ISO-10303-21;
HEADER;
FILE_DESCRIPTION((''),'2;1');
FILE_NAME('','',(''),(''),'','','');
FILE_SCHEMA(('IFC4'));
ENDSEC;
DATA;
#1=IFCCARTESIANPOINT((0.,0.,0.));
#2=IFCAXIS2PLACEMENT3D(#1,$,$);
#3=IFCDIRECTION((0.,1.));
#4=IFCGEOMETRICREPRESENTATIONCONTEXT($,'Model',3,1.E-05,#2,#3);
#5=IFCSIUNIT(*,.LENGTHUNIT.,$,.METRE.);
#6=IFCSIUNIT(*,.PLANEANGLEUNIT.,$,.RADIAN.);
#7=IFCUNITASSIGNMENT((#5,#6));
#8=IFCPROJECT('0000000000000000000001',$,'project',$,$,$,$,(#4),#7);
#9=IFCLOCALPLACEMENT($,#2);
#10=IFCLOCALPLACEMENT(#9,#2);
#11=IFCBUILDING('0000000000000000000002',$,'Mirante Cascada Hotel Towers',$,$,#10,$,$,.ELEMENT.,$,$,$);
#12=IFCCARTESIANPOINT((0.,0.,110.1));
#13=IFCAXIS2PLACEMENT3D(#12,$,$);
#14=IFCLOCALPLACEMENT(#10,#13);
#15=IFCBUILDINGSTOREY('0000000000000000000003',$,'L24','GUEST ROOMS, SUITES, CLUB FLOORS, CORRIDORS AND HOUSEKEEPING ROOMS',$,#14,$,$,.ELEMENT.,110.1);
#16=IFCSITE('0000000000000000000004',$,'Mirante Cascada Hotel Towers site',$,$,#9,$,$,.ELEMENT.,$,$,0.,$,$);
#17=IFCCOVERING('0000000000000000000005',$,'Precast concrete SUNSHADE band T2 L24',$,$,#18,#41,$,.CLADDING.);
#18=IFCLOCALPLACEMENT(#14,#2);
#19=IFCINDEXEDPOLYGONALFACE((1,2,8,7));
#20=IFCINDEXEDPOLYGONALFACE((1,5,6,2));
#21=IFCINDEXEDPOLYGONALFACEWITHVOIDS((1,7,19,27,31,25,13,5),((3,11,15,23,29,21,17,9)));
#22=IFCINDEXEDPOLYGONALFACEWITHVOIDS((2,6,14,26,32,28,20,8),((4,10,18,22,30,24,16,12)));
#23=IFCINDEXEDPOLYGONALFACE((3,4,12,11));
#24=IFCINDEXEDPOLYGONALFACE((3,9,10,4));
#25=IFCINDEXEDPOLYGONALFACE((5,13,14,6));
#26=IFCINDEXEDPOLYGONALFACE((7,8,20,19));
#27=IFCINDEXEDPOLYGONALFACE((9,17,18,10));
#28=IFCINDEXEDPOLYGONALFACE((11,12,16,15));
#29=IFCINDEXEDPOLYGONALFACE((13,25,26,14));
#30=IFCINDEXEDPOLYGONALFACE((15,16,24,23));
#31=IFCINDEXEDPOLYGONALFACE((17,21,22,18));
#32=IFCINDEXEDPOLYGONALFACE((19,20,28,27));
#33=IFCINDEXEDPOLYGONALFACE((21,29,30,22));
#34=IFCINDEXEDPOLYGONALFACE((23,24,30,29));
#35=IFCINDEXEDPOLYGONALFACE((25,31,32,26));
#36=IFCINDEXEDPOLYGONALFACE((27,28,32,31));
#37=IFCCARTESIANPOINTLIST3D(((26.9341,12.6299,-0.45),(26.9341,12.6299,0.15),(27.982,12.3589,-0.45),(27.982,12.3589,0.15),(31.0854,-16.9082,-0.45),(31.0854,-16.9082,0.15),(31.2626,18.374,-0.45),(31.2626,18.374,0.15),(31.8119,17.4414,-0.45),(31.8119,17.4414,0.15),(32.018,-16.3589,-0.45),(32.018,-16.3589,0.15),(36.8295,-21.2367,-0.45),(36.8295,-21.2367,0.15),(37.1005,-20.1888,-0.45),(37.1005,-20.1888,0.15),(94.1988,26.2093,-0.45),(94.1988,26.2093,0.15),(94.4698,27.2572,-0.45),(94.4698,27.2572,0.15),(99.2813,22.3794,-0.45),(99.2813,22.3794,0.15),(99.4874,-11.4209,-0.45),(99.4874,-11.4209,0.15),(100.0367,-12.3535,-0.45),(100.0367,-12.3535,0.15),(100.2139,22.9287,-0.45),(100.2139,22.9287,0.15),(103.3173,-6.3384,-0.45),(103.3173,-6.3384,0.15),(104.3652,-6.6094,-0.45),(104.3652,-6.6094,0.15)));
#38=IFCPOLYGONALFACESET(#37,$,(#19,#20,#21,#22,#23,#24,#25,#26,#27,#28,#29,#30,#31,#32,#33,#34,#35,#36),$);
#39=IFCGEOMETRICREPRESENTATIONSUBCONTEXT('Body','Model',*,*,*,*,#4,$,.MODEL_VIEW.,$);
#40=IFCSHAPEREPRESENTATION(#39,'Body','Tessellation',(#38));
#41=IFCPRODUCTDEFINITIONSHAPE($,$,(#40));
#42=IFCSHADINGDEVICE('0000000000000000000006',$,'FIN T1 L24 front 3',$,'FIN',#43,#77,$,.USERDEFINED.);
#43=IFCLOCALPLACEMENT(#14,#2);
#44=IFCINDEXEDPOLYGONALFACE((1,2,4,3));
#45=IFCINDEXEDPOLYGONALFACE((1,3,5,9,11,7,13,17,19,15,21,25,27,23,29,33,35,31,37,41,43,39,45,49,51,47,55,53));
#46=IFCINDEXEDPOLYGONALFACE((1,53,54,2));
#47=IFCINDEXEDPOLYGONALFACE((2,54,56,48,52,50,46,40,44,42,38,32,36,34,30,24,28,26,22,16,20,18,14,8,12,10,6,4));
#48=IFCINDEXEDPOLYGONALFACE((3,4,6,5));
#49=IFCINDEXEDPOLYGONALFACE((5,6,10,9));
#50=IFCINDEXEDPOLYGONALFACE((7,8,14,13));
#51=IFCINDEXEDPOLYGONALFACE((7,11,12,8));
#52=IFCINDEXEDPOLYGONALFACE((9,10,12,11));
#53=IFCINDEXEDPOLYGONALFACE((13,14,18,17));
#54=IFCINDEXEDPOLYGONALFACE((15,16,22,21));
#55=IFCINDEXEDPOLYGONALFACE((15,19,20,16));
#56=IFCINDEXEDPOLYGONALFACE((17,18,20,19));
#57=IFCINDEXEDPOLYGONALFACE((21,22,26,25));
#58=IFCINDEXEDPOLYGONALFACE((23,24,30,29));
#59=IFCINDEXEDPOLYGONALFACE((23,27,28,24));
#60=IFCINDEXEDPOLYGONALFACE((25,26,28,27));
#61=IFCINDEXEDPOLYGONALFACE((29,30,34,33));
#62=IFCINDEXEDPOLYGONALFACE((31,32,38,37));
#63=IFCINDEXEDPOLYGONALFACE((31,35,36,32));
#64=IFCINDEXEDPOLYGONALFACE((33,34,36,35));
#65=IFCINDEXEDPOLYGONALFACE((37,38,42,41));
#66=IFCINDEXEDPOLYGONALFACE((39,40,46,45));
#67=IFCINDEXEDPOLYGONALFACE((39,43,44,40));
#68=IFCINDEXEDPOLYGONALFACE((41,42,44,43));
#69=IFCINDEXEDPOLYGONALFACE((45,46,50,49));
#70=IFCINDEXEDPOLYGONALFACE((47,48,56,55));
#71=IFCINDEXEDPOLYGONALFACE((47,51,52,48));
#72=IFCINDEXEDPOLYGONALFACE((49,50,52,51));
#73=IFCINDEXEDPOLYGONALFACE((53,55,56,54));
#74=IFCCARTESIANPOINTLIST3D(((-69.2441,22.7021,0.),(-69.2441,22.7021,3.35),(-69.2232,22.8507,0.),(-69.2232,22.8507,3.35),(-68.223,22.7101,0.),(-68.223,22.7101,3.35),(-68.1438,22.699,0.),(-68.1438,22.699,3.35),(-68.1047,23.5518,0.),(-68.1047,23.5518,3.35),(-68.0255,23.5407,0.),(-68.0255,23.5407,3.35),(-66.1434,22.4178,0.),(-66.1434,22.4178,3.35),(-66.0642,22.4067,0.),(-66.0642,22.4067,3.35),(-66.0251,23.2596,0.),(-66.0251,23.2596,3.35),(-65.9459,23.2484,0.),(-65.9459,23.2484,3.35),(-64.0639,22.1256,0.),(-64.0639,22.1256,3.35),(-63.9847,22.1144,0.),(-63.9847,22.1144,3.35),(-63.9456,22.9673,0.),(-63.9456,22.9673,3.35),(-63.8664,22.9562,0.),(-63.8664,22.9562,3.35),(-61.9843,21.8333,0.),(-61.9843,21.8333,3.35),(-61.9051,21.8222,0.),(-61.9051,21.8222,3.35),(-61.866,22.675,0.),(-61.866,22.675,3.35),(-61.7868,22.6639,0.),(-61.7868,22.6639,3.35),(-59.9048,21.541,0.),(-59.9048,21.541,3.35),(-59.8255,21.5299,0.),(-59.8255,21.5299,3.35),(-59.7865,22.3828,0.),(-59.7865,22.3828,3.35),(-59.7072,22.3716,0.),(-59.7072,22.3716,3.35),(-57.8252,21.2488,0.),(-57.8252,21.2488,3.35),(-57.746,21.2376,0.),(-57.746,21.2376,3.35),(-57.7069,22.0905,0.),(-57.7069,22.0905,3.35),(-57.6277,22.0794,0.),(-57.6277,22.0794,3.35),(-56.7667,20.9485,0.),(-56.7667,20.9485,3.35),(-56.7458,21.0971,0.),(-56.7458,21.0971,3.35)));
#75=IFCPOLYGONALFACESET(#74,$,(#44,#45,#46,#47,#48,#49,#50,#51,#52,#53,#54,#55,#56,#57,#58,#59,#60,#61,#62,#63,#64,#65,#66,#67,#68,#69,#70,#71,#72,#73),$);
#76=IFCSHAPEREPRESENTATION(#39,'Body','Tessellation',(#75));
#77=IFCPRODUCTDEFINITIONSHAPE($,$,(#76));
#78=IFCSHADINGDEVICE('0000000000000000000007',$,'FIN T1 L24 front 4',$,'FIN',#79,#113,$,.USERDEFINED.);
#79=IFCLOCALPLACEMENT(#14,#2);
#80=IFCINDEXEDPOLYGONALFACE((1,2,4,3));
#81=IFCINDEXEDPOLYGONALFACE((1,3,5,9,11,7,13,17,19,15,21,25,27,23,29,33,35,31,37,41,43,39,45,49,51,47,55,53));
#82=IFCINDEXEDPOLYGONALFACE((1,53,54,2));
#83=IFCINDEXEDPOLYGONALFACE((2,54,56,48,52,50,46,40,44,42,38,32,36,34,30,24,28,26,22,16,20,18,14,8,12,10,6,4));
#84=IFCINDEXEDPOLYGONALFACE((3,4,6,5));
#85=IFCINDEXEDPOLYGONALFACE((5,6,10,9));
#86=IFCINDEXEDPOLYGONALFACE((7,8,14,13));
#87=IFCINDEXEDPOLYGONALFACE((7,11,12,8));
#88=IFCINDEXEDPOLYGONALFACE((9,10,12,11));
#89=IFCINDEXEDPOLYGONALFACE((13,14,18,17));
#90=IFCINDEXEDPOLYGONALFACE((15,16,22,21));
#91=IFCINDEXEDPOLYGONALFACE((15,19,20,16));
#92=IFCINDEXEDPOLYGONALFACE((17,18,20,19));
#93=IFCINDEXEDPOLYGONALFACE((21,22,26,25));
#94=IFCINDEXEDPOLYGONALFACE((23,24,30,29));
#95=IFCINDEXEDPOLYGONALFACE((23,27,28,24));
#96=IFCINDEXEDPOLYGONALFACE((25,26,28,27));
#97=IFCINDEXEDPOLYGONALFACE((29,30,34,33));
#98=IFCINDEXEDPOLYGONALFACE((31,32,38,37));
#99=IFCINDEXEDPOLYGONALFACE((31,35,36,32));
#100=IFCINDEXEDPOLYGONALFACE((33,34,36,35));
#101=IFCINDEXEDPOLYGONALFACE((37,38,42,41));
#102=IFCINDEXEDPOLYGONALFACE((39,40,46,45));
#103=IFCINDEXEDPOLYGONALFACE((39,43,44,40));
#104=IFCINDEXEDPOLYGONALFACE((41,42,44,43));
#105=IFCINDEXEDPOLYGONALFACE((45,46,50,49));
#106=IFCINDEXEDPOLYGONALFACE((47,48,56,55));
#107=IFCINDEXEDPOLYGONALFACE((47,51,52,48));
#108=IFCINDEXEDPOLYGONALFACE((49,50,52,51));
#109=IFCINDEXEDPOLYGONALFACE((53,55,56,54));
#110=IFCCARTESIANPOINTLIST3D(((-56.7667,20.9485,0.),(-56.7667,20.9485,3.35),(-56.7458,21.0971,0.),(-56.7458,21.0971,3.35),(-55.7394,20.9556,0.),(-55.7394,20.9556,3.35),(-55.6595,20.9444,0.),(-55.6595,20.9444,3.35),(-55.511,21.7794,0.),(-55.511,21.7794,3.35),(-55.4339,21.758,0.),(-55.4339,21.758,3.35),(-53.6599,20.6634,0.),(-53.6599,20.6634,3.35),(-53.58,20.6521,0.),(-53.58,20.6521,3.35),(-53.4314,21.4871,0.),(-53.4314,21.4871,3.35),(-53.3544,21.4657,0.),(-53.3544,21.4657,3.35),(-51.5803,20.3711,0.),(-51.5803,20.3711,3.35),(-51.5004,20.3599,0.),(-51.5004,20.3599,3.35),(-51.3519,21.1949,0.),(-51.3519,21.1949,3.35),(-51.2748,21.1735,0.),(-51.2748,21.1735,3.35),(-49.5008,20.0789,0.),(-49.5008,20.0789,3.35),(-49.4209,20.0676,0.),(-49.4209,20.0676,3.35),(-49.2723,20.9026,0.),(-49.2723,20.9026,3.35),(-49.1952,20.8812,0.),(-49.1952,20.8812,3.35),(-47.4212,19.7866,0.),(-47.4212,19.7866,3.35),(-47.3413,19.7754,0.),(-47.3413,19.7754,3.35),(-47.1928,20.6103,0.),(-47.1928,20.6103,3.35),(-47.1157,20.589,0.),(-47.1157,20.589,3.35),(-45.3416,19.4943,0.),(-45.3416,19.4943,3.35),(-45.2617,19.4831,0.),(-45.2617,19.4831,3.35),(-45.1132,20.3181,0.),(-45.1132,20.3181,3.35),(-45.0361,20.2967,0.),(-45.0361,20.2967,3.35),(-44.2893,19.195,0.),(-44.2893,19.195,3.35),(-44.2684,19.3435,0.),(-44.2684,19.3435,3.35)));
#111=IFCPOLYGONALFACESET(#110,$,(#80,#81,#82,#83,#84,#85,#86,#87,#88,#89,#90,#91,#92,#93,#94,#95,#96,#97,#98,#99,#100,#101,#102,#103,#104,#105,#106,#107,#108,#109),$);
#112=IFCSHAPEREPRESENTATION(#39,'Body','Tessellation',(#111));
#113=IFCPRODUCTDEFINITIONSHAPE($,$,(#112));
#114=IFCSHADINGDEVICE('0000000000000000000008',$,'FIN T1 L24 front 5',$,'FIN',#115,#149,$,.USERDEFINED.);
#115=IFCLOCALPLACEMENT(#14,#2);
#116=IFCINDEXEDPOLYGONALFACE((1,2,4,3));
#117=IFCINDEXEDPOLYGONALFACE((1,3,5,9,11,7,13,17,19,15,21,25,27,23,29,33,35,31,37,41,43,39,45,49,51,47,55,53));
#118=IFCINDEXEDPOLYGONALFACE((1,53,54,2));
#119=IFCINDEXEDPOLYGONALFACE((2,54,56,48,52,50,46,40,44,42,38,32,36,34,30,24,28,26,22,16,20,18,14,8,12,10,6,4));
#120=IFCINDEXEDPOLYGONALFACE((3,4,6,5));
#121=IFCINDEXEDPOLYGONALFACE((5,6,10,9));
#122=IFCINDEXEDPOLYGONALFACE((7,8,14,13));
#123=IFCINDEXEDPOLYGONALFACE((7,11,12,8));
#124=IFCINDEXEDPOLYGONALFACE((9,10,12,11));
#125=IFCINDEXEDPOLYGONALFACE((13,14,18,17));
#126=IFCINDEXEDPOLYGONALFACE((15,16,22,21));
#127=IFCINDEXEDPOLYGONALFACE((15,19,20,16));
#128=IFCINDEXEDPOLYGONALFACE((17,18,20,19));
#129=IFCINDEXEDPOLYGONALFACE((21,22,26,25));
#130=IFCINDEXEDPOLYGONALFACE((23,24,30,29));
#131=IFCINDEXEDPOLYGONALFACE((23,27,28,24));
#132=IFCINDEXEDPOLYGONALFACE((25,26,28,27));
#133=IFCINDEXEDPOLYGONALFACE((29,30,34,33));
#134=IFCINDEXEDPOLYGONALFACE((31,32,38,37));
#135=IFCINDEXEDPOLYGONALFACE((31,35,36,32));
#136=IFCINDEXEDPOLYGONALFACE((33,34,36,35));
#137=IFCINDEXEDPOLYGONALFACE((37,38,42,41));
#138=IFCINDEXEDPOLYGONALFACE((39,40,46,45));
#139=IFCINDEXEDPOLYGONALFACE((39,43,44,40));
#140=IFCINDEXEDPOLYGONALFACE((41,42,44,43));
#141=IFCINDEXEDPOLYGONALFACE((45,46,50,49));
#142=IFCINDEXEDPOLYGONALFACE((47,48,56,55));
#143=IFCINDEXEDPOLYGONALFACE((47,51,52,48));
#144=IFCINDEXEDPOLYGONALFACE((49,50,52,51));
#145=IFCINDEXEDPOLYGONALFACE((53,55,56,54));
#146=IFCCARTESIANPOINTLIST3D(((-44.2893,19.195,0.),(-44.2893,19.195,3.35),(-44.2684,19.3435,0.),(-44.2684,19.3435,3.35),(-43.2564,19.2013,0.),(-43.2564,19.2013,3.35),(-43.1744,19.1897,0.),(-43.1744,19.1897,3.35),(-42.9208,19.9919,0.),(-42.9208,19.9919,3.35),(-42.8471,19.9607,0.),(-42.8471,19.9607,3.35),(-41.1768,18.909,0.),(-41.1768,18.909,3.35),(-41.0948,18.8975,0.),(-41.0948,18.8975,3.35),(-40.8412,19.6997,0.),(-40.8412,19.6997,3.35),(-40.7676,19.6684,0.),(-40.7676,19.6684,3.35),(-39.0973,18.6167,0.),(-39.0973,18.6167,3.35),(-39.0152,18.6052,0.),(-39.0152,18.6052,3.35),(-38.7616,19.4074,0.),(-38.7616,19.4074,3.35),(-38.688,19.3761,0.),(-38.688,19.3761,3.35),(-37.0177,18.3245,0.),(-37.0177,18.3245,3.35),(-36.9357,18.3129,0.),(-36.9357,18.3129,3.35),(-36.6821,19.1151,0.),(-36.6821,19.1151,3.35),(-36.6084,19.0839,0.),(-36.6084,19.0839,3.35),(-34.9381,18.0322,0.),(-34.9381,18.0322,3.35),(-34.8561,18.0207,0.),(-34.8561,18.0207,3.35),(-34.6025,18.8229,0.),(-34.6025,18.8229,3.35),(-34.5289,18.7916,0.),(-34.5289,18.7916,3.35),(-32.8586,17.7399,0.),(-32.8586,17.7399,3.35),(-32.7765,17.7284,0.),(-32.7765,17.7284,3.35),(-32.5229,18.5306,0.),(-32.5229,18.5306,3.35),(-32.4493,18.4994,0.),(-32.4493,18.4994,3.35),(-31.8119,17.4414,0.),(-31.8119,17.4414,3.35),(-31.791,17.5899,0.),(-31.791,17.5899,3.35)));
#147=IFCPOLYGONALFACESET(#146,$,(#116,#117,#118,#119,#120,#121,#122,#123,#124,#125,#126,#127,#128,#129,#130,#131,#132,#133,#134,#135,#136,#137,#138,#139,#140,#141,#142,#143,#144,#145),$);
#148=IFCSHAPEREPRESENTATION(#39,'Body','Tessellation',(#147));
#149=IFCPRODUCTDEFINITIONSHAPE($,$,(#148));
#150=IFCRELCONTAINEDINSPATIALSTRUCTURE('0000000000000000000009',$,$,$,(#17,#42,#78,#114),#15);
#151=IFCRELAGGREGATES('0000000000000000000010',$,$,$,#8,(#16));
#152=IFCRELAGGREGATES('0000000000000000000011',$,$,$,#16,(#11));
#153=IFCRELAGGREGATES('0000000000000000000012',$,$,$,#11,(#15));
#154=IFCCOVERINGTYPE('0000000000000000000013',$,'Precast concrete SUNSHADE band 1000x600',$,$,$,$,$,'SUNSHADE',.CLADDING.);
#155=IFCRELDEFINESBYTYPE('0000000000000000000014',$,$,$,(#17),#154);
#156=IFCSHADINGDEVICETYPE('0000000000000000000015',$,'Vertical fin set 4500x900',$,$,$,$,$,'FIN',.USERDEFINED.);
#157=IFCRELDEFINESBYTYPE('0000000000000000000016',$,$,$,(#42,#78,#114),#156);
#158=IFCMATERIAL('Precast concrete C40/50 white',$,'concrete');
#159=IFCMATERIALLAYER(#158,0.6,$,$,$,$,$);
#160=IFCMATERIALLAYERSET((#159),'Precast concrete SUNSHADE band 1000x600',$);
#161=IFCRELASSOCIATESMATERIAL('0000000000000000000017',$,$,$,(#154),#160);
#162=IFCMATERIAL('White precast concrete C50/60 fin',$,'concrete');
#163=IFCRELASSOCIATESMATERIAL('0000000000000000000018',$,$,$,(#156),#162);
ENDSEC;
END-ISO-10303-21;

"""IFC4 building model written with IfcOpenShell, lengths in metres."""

from ifc_helpers import new_model, si_unit, direction, frame, origin, place, context, subcontext, project, spatial, polyline, outline, extrude, material, layer, layer_set, type_object, element, save


model = new_model("IFC4")

# Units and contexts
model_context = context("Model", 3, precision=1e-05, world=origin(), true_north=direction((0.0, 1.0)))
body_context = subcontext(model_context, "Body", "Model", "MODEL_VIEW")
ifc_project = project(units=[si_unit("LENGTHUNIT", "METRE"), si_unit("PLANEANGLEUNIT", "RADIAN")], contexts=[model_context])

# Site, building, storey
site_placement = place(None, origin())
site = spatial("IfcSite", under=ifc_project, at=site_placement, Name="Mirante Cascada Hotel Towers site", CompositionType="ELEMENT", RefElevation=0.0)
building_placement = place(site_placement, origin())
building = spatial("IfcBuilding", under=site, at=building_placement, Name="Mirante Cascada Hotel Towers", CompositionType="ELEMENT")
storey_placement = place(building_placement, frame((0.0, 0.0, 110.1)))
storey = spatial("IfcBuildingStorey", under=building, at=storey_placement, Name="L24", Description="GUEST ROOMS, SUITES, CLUB FLOORS, CORRIDORS AND HOUSEKEEPING ROOMS", CompositionType="ELEMENT", Elevation=110.1)

# Covering
ifc_material_1 = material(Name="Precast concrete C40/50 white", Category="concrete")
ifc_layer_1 = layer(ifc_material_1, 0.6)
ifc_layer_set_1 = layer_set([ifc_layer_1], Name="Precast concrete SUNSHADE band 1000x600")
covering_type = type_object("IfcCoveringType", Name="Precast concrete SUNSHADE band 1000x600", ElementType="SUNSHADE", PredefinedType="CLADDING", material=ifc_layer_set_1)
covering_placement = place(storey_placement, frame((0.0, 0.0, -0.45)))
element("IfcCovering", 1, at=covering_placement, inside=storey, type_object=covering_type, Name="Precast concrete SUNSHADE band T2 L24", PredefinedType="CLADDING", context=body_context, shape_type="SweptSolid", body=[
    extrude(outline(polyline([(26.9341, 12.6299), (31.2626, 18.374), (94.4698, 27.2572), (100.2139, 22.9287), (104.3652, -6.6094), (100.0367, -12.3535), (36.8295, -21.2367), (31.0854, -16.9082), (26.9341, 12.6299)]), holes=[polyline([(103.3173, -6.3384), (99.2813, 22.3794), (94.1988, 26.2093), (31.8119, 17.4414), (27.982, 12.3589), (32.018, -16.3589), (37.1005, -20.1888), (99.4874, -11.4209), (103.3173, -6.3384)])]), origin(), (0.0, 0.0, 1.0), 0.6),
])

# Shading devices
ifc_material_2 = material(Name="White precast concrete C50/60 fin", Category="concrete")
shading_device_type = type_object("IfcShadingDeviceType", Name="Vertical fin set 4500x900", ElementType="FIN", PredefinedType="USERDEFINED", material=ifc_material_2)
shading_device_1_placement = place(storey_placement, origin())
element("IfcShadingDevice", 2, at=shading_device_1_placement, inside=storey, type_object=shading_device_type, Name="FIN T1 L24 front 3", ObjectType="FIN", PredefinedType="USERDEFINED", context=body_context, shape_type="SweptSolid", body=[
    extrude(outline(polyline([(-57.6277, 22.0794), (-57.746, 21.2376), (-56.7458, 21.0971), (-56.7667, 20.9485), (-69.2441, 22.7021), (-69.2232, 22.8507), (-68.223, 22.7101), (-68.1047, 23.5518), (-68.0255, 23.5407), (-68.1438, 22.699), (-66.1434, 22.4178), (-66.0251, 23.2596), (-65.9459, 23.2484), (-66.0642, 22.4067), (-64.0639, 22.1256), (-63.9456, 22.9673), (-63.8664, 22.9562), (-63.9847, 22.1144), (-61.9843, 21.8333), (-61.866, 22.675), (-61.7868, 22.6639), (-61.9051, 21.8222), (-59.9048, 21.541), (-59.7865, 22.3828), (-59.7072, 22.3716), (-59.8255, 21.5299), (-57.8252, 21.2488), (-57.7069, 22.0905), (-57.6277, 22.0794)])), origin(), (0.0, 0.0, 1.0), 3.35),
])
shading_device_2_placement = place(storey_placement, origin())
element("IfcShadingDevice", 3, at=shading_device_2_placement, inside=storey, type_object=shading_device_type, Name="FIN T1 L24 front 4", ObjectType="FIN", PredefinedType="USERDEFINED", context=body_context, shape_type="SweptSolid", body=[
    extrude(outline(polyline([(-45.0361, 20.2967), (-45.2617, 19.4831), (-44.2684, 19.3435), (-44.2893, 19.195), (-56.7667, 20.9485), (-56.7458, 21.0971), (-55.7394, 20.9556), (-55.511, 21.7794), (-55.4339, 21.758), (-55.6595, 20.9444), (-53.6599, 20.6634), (-53.4314, 21.4871), (-53.3544, 21.4657), (-53.58, 20.6521), (-51.5803, 20.3711), (-51.3519, 21.1949), (-51.2748, 21.1735), (-51.5004, 20.3599), (-49.5008, 20.0789), (-49.2723, 20.9026), (-49.1952, 20.8812), (-49.4209, 20.0676), (-47.4212, 19.7866), (-47.1928, 20.6103), (-47.1157, 20.589), (-47.3413, 19.7754), (-45.3416, 19.4943), (-45.1132, 20.3181), (-45.0361, 20.2967)])), origin(), (0.0, 0.0, 1.0), 3.35),
])
shading_device_3_placement = place(storey_placement, origin())
element("IfcShadingDevice", 4, at=shading_device_3_placement, inside=storey, type_object=shading_device_type, Name="FIN T1 L24 front 5", ObjectType="FIN", PredefinedType="USERDEFINED", context=body_context, shape_type="SweptSolid", body=[
    extrude(outline(polyline([(-32.4493, 18.4994), (-32.7765, 17.7284), (-31.791, 17.5899), (-31.8119, 17.4414), (-44.2893, 19.195), (-44.2684, 19.3435), (-43.2564, 19.2013), (-42.9208, 19.9919), (-42.8471, 19.9607), (-43.1744, 19.1897), (-41.1768, 18.909), (-40.8412, 19.6997), (-40.7676, 19.6684), (-41.0948, 18.8975), (-39.0973, 18.6167), (-38.7616, 19.4074), (-38.688, 19.3761), (-39.0152, 18.6052), (-37.0177, 18.3245), (-36.6821, 19.1151), (-36.6084, 19.0839), (-36.9357, 18.3129), (-34.9381, 18.0322), (-34.6025, 18.8229), (-34.5289, 18.7916), (-34.8561, 18.0207), (-32.8586, 17.7399), (-32.5229, 18.5306), (-32.4493, 18.4994)])), origin(), (0.0, 0.0, 1.0), 3.35),
])

save(model, "model.ifc")
